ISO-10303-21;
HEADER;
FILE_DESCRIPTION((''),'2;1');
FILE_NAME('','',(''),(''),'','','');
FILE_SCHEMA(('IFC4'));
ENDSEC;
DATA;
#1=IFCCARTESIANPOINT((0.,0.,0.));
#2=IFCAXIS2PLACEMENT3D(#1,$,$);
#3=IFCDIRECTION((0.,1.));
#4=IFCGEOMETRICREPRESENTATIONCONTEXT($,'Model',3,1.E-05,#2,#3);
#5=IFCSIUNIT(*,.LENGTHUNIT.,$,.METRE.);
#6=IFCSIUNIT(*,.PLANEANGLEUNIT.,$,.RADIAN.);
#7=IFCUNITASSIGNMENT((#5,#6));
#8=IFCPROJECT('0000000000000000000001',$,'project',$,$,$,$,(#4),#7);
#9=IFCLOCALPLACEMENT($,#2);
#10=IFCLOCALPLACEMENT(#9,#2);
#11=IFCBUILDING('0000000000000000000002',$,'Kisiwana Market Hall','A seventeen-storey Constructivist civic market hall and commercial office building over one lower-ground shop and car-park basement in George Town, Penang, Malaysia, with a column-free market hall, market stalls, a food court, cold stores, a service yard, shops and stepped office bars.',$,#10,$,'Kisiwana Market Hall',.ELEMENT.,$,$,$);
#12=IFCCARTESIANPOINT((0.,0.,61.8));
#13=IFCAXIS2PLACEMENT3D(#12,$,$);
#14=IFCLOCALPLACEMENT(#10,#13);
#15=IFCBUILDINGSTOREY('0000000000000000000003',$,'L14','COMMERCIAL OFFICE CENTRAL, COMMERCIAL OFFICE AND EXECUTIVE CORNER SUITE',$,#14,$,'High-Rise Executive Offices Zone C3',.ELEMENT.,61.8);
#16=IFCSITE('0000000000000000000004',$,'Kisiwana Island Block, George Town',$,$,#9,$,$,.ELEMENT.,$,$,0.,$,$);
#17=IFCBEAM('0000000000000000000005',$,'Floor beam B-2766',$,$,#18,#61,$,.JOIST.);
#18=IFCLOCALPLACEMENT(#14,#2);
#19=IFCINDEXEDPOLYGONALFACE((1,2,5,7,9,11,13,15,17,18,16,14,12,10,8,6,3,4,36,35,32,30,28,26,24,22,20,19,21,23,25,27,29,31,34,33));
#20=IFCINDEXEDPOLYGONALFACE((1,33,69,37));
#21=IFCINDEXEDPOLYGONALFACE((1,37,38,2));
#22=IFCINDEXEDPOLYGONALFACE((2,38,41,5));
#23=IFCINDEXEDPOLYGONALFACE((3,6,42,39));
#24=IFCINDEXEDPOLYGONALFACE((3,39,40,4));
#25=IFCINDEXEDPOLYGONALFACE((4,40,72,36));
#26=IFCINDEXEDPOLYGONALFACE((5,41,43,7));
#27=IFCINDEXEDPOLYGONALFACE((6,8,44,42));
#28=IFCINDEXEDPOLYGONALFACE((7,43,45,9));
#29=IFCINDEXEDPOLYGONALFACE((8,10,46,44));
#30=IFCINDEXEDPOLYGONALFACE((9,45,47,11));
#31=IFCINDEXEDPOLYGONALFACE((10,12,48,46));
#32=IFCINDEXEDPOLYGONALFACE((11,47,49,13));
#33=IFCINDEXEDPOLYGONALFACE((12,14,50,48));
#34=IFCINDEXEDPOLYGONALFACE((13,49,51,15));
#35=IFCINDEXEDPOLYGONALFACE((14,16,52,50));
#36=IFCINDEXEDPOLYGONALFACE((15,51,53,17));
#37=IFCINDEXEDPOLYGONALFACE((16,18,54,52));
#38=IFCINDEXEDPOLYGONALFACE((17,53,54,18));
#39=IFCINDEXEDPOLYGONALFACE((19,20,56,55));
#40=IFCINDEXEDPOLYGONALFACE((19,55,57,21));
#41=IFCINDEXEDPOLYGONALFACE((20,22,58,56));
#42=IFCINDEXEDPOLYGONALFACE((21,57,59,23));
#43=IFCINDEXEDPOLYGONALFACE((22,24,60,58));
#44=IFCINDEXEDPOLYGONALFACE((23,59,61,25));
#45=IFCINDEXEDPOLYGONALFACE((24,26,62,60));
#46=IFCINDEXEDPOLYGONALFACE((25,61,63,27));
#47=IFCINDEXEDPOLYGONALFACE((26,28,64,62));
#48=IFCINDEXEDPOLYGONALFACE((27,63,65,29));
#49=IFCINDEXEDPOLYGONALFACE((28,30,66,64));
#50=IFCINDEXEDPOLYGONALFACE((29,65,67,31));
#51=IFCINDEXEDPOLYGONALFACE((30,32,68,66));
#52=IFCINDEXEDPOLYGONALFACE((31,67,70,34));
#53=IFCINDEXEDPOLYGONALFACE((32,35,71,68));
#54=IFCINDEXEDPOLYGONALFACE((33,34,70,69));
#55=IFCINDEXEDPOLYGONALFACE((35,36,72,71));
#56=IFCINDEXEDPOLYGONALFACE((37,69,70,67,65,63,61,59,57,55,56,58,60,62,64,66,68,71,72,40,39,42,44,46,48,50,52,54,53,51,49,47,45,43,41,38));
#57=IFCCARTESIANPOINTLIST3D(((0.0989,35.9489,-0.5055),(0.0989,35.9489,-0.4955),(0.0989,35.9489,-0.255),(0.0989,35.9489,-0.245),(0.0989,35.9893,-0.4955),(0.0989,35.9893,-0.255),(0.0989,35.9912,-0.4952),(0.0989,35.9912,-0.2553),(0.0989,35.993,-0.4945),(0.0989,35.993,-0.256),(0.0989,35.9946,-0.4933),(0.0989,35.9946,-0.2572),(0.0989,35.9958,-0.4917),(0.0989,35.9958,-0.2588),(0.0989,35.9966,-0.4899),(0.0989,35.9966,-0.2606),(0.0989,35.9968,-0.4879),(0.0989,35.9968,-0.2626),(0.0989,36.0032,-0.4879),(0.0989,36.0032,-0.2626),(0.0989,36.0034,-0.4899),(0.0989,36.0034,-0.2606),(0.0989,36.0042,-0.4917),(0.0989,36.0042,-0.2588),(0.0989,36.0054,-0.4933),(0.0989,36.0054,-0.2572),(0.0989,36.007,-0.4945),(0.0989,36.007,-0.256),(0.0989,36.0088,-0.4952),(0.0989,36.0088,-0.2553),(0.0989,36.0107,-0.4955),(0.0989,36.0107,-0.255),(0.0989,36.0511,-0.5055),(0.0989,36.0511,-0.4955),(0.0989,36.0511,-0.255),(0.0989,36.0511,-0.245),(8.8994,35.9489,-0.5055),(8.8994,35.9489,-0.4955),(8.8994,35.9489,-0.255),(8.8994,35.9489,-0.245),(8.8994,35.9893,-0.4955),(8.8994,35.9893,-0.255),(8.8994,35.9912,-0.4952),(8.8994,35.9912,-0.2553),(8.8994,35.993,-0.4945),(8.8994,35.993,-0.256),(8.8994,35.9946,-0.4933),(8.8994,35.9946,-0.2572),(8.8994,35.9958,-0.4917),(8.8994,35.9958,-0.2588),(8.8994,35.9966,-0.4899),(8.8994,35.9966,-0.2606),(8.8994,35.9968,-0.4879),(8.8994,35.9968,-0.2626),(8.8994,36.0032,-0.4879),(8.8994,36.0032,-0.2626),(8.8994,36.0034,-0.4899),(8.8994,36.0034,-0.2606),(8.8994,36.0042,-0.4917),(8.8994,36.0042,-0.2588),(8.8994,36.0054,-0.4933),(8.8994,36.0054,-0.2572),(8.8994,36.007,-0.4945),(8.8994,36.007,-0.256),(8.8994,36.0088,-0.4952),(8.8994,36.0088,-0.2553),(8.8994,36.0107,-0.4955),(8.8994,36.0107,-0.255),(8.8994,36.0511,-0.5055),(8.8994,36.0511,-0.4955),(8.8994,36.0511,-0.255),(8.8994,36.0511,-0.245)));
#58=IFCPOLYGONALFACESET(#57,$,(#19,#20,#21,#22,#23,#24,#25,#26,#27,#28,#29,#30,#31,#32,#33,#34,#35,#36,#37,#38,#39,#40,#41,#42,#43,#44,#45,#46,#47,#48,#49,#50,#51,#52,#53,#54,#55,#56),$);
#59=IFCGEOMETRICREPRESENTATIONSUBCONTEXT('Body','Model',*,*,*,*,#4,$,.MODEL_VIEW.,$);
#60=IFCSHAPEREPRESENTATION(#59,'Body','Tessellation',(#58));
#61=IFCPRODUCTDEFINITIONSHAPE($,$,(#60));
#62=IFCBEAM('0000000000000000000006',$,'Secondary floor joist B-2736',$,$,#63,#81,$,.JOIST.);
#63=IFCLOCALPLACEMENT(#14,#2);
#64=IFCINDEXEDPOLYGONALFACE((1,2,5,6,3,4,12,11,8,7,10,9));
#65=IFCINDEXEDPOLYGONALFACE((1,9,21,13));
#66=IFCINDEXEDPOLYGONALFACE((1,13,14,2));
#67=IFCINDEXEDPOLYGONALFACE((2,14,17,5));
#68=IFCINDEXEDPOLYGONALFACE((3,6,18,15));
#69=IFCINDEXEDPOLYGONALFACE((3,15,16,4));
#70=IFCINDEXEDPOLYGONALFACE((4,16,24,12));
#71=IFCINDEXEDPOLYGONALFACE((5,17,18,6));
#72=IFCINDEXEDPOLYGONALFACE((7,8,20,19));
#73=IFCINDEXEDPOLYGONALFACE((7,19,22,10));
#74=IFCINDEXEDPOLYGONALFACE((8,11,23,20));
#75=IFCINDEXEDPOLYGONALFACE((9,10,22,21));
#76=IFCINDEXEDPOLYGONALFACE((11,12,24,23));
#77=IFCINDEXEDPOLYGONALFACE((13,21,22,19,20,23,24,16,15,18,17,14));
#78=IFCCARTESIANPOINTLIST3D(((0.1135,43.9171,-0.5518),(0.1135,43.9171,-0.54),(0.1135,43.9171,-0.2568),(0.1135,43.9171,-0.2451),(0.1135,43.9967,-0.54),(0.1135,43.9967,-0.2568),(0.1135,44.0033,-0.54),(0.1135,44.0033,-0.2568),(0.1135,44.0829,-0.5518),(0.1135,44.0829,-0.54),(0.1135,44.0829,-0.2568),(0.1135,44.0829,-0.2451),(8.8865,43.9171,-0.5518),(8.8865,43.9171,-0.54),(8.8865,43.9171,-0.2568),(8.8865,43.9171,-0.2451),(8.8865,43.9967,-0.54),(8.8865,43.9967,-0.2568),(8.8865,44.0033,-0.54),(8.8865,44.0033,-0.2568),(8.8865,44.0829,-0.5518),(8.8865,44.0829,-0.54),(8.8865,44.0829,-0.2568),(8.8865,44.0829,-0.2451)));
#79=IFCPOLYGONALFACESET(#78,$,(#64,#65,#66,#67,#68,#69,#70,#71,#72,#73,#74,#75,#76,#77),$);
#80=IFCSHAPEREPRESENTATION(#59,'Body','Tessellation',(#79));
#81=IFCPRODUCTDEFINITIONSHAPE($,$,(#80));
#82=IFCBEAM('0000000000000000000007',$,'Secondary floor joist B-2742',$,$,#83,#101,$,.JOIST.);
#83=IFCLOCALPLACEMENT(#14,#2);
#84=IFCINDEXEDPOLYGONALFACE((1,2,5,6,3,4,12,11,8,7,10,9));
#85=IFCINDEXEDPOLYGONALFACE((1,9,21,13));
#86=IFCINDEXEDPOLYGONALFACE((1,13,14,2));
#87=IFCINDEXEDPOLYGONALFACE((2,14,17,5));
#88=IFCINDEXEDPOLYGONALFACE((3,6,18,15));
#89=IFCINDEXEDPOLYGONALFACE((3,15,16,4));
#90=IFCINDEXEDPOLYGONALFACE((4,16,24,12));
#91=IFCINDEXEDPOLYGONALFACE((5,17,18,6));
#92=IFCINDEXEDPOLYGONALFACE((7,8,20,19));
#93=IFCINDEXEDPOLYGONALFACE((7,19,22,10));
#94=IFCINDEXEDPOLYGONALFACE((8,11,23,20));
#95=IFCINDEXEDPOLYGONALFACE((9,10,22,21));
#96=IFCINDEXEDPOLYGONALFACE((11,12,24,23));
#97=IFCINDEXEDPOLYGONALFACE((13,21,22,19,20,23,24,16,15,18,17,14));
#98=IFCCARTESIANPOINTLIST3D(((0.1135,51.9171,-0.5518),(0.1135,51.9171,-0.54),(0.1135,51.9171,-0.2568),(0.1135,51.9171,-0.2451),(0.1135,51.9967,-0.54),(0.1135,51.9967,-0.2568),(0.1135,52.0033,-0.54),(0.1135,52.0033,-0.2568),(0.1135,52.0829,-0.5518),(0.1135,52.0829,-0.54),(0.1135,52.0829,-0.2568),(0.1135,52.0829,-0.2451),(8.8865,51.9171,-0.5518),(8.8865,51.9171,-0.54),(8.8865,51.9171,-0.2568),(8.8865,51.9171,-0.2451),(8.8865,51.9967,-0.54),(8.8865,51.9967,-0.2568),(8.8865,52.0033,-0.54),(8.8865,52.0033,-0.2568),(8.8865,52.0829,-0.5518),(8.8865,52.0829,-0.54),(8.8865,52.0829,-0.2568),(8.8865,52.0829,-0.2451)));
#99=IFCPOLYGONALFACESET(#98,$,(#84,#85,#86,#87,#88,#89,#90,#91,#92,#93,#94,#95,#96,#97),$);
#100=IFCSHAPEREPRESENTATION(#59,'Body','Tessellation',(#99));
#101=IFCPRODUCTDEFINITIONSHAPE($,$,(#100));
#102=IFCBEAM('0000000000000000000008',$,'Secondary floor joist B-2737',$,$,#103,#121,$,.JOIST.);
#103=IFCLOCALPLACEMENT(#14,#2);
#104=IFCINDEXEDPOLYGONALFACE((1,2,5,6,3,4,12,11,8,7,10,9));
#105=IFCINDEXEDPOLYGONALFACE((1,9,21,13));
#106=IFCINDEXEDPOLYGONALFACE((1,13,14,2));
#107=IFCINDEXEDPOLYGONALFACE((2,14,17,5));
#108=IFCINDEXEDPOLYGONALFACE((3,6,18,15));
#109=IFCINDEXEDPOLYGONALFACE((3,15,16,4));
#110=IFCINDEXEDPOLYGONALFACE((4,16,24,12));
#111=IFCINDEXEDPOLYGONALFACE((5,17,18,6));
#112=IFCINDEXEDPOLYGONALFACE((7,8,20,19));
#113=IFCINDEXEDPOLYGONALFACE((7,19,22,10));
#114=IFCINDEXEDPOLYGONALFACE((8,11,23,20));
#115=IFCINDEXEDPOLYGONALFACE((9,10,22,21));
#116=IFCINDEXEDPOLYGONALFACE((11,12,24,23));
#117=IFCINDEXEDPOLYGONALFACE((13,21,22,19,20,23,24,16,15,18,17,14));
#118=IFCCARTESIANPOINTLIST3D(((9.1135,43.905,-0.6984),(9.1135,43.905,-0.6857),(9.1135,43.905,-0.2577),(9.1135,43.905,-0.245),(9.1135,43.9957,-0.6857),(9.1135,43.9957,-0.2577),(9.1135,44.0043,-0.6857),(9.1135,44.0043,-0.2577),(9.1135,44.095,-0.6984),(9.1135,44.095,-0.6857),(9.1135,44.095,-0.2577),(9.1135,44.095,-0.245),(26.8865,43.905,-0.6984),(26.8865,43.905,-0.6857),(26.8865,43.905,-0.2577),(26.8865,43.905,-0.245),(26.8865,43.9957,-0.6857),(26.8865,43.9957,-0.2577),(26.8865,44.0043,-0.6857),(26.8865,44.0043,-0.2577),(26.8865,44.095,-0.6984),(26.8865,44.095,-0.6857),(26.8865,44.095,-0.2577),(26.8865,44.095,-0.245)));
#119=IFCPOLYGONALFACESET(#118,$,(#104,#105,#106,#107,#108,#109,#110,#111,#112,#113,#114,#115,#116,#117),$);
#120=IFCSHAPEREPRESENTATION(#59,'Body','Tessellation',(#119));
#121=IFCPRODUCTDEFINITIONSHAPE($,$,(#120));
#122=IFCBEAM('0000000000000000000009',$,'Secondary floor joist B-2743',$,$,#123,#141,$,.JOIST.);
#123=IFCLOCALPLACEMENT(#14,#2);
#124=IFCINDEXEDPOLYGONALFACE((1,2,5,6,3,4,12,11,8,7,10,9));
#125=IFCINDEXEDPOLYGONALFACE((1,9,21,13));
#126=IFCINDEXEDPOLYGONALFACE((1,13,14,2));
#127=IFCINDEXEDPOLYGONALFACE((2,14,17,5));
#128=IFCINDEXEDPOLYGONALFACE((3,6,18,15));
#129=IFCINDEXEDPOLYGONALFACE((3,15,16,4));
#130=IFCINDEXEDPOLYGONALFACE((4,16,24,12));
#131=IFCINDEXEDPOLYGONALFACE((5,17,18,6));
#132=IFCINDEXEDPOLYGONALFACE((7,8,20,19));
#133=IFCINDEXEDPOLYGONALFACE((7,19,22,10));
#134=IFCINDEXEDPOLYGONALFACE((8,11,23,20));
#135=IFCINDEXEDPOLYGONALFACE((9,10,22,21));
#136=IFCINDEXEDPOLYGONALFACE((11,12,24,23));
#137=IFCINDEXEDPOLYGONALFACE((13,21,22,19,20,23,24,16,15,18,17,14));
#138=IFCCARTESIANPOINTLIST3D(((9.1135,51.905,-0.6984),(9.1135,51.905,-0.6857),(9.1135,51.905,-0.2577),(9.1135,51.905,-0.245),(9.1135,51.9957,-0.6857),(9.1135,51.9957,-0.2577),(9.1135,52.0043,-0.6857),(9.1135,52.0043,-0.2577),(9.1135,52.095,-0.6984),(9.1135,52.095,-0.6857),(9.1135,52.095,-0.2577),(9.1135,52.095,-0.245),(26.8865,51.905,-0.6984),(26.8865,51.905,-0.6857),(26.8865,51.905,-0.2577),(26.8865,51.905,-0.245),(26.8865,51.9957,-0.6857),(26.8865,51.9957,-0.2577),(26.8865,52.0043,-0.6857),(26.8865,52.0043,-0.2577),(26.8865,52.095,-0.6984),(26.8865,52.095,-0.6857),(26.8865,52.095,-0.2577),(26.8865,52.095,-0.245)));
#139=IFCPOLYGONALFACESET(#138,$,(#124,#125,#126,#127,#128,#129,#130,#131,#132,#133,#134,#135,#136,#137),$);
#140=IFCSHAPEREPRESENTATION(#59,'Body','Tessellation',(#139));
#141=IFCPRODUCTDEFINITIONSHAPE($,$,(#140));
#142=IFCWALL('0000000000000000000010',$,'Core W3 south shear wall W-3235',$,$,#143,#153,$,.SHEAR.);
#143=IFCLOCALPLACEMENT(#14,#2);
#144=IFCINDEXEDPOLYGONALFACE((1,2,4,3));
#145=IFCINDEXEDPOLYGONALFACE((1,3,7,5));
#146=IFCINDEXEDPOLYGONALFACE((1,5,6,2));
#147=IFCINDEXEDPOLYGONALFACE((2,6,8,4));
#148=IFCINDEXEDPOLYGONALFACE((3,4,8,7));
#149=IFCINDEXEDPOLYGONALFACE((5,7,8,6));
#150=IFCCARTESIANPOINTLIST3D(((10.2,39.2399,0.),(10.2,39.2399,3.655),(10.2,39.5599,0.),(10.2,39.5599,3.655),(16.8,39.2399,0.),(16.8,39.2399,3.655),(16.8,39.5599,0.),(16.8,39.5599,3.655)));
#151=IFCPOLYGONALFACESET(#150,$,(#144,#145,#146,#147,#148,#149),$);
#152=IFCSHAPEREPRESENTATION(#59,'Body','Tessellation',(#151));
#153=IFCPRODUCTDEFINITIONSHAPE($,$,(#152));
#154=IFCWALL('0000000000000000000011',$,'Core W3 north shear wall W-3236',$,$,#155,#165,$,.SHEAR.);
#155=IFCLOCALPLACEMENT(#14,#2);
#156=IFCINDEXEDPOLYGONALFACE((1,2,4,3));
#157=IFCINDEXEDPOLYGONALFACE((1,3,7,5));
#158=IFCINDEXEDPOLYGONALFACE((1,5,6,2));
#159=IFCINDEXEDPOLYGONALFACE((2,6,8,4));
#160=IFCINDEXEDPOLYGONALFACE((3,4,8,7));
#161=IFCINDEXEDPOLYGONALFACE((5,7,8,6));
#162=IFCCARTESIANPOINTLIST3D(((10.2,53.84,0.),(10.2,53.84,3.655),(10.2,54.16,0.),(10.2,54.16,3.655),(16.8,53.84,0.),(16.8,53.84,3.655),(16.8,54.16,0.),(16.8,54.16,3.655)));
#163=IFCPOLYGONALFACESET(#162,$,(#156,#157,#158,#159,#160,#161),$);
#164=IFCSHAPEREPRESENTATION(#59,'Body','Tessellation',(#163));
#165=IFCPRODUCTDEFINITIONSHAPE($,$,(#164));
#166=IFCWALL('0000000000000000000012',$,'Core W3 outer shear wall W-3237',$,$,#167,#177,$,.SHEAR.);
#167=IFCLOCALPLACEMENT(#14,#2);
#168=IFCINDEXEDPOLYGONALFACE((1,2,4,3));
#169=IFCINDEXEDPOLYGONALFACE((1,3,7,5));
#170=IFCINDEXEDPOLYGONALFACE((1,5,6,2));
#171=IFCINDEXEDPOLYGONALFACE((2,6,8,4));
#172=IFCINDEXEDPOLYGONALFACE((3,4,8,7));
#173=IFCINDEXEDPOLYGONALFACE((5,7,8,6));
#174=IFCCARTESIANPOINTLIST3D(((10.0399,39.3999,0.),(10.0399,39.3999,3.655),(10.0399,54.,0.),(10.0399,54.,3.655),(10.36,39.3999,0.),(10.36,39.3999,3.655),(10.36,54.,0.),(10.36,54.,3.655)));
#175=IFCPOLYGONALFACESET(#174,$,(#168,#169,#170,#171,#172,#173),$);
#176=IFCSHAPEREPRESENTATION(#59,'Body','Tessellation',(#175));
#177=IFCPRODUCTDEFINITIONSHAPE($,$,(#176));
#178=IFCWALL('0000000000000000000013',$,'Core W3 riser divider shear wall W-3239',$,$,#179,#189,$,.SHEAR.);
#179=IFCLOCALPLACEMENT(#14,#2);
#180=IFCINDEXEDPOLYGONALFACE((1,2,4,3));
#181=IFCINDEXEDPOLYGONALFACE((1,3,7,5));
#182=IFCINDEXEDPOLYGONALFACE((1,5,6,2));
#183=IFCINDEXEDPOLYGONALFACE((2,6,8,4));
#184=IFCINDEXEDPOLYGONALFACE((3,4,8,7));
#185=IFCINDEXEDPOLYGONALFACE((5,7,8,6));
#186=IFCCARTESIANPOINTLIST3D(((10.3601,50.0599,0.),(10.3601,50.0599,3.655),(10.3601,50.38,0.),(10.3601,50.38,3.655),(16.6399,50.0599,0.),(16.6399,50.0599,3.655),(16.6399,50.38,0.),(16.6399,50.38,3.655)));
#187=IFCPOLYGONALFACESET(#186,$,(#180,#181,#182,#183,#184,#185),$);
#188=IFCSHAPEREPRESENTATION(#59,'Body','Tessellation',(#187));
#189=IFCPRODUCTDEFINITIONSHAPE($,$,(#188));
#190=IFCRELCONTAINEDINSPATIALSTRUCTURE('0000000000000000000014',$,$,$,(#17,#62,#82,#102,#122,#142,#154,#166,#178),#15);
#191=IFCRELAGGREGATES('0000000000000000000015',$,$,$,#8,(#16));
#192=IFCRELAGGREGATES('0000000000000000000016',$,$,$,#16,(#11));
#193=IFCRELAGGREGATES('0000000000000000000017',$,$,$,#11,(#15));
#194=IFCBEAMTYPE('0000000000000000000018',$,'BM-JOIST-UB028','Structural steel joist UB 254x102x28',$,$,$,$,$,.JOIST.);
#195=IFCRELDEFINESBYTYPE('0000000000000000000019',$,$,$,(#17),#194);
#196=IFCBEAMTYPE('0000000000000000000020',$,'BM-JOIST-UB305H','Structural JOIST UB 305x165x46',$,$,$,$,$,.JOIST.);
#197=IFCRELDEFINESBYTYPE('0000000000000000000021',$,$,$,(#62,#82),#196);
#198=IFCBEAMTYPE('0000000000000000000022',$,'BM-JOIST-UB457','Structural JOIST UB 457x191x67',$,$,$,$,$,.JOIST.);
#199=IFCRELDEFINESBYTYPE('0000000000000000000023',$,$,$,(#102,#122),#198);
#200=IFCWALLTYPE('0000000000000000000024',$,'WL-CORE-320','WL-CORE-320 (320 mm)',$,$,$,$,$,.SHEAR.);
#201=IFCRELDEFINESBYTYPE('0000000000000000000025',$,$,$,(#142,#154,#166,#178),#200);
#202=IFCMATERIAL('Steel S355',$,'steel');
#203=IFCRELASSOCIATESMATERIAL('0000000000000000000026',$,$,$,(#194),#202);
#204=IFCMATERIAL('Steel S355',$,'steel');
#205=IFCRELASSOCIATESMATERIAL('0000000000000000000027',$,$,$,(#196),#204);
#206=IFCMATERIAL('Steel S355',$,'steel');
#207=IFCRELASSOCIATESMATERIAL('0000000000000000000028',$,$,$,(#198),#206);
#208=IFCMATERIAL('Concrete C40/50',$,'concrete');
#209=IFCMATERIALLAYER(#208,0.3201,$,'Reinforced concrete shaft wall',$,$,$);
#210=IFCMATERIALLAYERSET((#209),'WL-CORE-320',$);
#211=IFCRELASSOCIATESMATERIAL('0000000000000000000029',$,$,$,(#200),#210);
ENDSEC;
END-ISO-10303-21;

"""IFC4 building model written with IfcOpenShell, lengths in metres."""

from ifc_helpers import new_model, si_unit, direction, frame, frame_2d, origin, origin_2d, place, context, subcontext, project, spatial, rectangle, i_section, extrude, material, layer, layer_set, material_profile, profile_set, type_object, element, save


model = new_model("IFC4")

# Units and contexts
model_context = context("Model", 3, precision=1e-05, world=origin(), true_north=direction((0.0, 1.0)))
body_context = subcontext(model_context, "Body", "Model", "MODEL_VIEW")
ifc_project = project(units=[si_unit("LENGTHUNIT", "METRE"), si_unit("PLANEANGLEUNIT", "RADIAN")], contexts=[model_context])

# Site, building, storey
site_placement = place(None, origin())
site = spatial("IfcSite", under=ifc_project, at=site_placement, Name="Kisiwana Island Block, George Town", CompositionType="ELEMENT", RefElevation=0.0)
building_placement = place(site_placement, origin())
building = spatial("IfcBuilding", under=site, at=building_placement, Name="Kisiwana Market Hall", Description="A seventeen-storey Constructivist civic market hall and commercial office building over one lower-ground shop and car-park basement in George Town, Penang, Malaysia, with a column-free market hall, market stalls, a food court, cold stores, a service yard, shops and stepped office bars.", LongName="Kisiwana Market Hall", CompositionType="ELEMENT")
storey_placement = place(building_placement, frame((0.0, 0.0, 61.8)))
storey = spatial("IfcBuildingStorey", under=building, at=storey_placement, Name="L14", Description="COMMERCIAL OFFICE CENTRAL, COMMERCIAL OFFICE AND EXECUTIVE CORNER SUITE", LongName="High-Rise Executive Offices Zone C3", CompositionType="ELEMENT", Elevation=61.8)

# Beams
ifc_material_1 = material(Name="Steel S355", Category="steel")
ifc_material_profile_1 = material_profile(ifc_material_1, i_section(OverallWidth=0.1023, OverallDepth=0.2605, WebThickness=0.0063, FlangeThickness=0.01, FilletRadius=0.0076, at=origin_2d()), Name="UB 254x102x28")
ifc_profile_set_1 = profile_set([ifc_material_profile_1], Name="Steel S355")
beam_type_1 = type_object("IfcBeamType", Name="BM-JOIST-UB028", Description="Structural steel joist UB 254x102x28", PredefinedType="JOIST", material=ifc_profile_set_1)
beam_1_placement = place(storey_placement, frame((0.0989, 36.0, -0.3752), z_axis=(1.0, 0.0, 0.0), x_axis=(0.0, 1.0, 0.0)))
element("IfcBeam", 1, at=beam_1_placement, inside=storey, type_object=beam_type_1, Name="Floor beam B-2766", PredefinedType="JOIST", context=body_context, shape_type="SweptSolid", body=[
    extrude(i_section(OverallWidth=0.1023, OverallDepth=0.2605, WebThickness=0.0063, FlangeThickness=0.01, FilletRadius=0.0076, at=origin_2d()), origin(), (0.0, 0.0, 1.0), 8.8005),
])
ifc_material_2 = material(Name="Steel S355", Category="steel")
ifc_material_profile_2 = material_profile(ifc_material_2, i_section(OverallWidth=0.1658, OverallDepth=0.3066, WebThickness=0.0066, FlangeThickness=0.0117, at=origin_2d()), Name="UB 305x165x46")
ifc_profile_set_2 = profile_set([ifc_material_profile_2], Name="Steel S355")
beam_type_2 = type_object("IfcBeamType", Name="BM-JOIST-UB305H", Description="Structural JOIST UB 305x165x46", PredefinedType="JOIST", material=ifc_profile_set_2)
for number, where, z_axis, x_axis, name in (
    (2, (0.1135, 44.0, -0.3984), (1.0, 0.0, 0.0), (0.0, 1.0, 0.0), "Secondary floor joist B-2736"),
    (3, (0.1135, 52.0, -0.3984), (1.0, 0.0, 0.0), (0.0, 1.0, 0.0), "Secondary floor joist B-2742"),
):
    element("IfcBeam", number, at=place(storey_placement, frame(where, z_axis=z_axis, x_axis=x_axis)), inside=storey, type_object=beam_type_2, Name=name, PredefinedType="JOIST", context=body_context, shape_type="SweptSolid", body=[
        extrude(i_section(OverallWidth=0.1658, OverallDepth=0.3066, WebThickness=0.0066, FlangeThickness=0.0117, at=origin_2d()), origin(), (0.0, 0.0, 1.0), 8.7729),
    ])
ifc_material_3 = material(Name="Steel S355", Category="steel")
ifc_material_profile_3 = material_profile(ifc_material_3, i_section(OverallWidth=0.1899, OverallDepth=0.4534, WebThickness=0.0085, FlangeThickness=0.0127, at=origin_2d()), Name="UB 457x191x67")
ifc_profile_set_3 = profile_set([ifc_material_profile_3], Name="Steel S355")
beam_type_3 = type_object("IfcBeamType", Name="BM-JOIST-UB457", Description="Structural JOIST UB 457x191x67", PredefinedType="JOIST", material=ifc_profile_set_3)
for number, where, z_axis, x_axis, name in (
    (4, (9.1135, 44.0, -0.4717), (1.0, 0.0, 0.0), (0.0, 1.0, 0.0), "Secondary floor joist B-2737"),
    (5, (9.1135, 52.0, -0.4717), (1.0, 0.0, 0.0), (0.0, 1.0, 0.0), "Secondary floor joist B-2743"),
):
    element("IfcBeam", number, at=place(storey_placement, frame(where, z_axis=z_axis, x_axis=x_axis)), inside=storey, type_object=beam_type_3, Name=name, PredefinedType="JOIST", context=body_context, shape_type="SweptSolid", body=[
        extrude(i_section(OverallWidth=0.1899, OverallDepth=0.4534, WebThickness=0.0085, FlangeThickness=0.0127, at=origin_2d()), origin(), (0.0, 0.0, 1.0), 17.7729),
    ])

# Walls
ifc_material_4 = material(Name="Concrete C40/50", Category="concrete")
ifc_layer_1 = layer(ifc_material_4, 0.3201, Name="Reinforced concrete shaft wall")
ifc_layer_set_1 = layer_set([ifc_layer_1], Name="WL-CORE-320")
wall_type_1 = type_object("IfcWallType", Name="WL-CORE-320", Description="WL-CORE-320 (320 mm)", PredefinedType="SHEAR", material=ifc_layer_set_1)
for number, where, z_axis, x_axis, name in (
    (6, (10.2, 39.3999, 0.0), (0.0, 0.0, 1.0), (1.0, 0.0, 0.0), "Core W3 south shear wall W-3235"),
    (7, (10.2, 54.0, 0.0), (0.0, 0.0, 1.0), (1.0, 0.0, 0.0), "Core W3 north shear wall W-3236"),
):
    element("IfcWall", number, at=place(storey_placement, frame(where, z_axis=z_axis, x_axis=x_axis)), inside=storey, type_object=wall_type_1, Name=name, PredefinedType="SHEAR", context=body_context, shape_type="SweptSolid", body=[
        extrude(rectangle(XDim=6.6001, YDim=0.3201, at=frame_2d((3.3, 0.0))), origin(), (0.0, 0.0, 1.0), 3.655),
    ])
wall_1_placement = place(storey_placement, frame((10.2, 39.3999, 0.0), z_axis=(0.0, 0.0, 1.0), x_axis=(0.0, 1.0, 0.0)))
element("IfcWall", 8, at=wall_1_placement, inside=storey, type_object=wall_type_1, Name="Core W3 outer shear wall W-3237", PredefinedType="SHEAR", context=body_context, shape_type="SweptSolid", body=[
    extrude(rectangle(XDim=14.6001, YDim=0.3201, at=frame_2d((7.3, 0.0))), origin(), (0.0, 0.0, 1.0), 3.655),
])
wall_2_placement = place(storey_placement, frame((10.3601, 50.22, 0.0), z_axis=(0.0, 0.0, 1.0), x_axis=(1.0, 0.0, 0.0)))
element("IfcWall", 9, at=wall_2_placement, inside=storey, type_object=wall_type_1, Name="Core W3 riser divider shear wall W-3239", PredefinedType="SHEAR", context=body_context, shape_type="SweptSolid", body=[
    extrude(rectangle(XDim=6.2798, YDim=0.3201, at=frame_2d((3.1399, 0.0))), origin(), (0.0, 0.0, 1.0), 3.655),
])

save(model, "model.ifc")
